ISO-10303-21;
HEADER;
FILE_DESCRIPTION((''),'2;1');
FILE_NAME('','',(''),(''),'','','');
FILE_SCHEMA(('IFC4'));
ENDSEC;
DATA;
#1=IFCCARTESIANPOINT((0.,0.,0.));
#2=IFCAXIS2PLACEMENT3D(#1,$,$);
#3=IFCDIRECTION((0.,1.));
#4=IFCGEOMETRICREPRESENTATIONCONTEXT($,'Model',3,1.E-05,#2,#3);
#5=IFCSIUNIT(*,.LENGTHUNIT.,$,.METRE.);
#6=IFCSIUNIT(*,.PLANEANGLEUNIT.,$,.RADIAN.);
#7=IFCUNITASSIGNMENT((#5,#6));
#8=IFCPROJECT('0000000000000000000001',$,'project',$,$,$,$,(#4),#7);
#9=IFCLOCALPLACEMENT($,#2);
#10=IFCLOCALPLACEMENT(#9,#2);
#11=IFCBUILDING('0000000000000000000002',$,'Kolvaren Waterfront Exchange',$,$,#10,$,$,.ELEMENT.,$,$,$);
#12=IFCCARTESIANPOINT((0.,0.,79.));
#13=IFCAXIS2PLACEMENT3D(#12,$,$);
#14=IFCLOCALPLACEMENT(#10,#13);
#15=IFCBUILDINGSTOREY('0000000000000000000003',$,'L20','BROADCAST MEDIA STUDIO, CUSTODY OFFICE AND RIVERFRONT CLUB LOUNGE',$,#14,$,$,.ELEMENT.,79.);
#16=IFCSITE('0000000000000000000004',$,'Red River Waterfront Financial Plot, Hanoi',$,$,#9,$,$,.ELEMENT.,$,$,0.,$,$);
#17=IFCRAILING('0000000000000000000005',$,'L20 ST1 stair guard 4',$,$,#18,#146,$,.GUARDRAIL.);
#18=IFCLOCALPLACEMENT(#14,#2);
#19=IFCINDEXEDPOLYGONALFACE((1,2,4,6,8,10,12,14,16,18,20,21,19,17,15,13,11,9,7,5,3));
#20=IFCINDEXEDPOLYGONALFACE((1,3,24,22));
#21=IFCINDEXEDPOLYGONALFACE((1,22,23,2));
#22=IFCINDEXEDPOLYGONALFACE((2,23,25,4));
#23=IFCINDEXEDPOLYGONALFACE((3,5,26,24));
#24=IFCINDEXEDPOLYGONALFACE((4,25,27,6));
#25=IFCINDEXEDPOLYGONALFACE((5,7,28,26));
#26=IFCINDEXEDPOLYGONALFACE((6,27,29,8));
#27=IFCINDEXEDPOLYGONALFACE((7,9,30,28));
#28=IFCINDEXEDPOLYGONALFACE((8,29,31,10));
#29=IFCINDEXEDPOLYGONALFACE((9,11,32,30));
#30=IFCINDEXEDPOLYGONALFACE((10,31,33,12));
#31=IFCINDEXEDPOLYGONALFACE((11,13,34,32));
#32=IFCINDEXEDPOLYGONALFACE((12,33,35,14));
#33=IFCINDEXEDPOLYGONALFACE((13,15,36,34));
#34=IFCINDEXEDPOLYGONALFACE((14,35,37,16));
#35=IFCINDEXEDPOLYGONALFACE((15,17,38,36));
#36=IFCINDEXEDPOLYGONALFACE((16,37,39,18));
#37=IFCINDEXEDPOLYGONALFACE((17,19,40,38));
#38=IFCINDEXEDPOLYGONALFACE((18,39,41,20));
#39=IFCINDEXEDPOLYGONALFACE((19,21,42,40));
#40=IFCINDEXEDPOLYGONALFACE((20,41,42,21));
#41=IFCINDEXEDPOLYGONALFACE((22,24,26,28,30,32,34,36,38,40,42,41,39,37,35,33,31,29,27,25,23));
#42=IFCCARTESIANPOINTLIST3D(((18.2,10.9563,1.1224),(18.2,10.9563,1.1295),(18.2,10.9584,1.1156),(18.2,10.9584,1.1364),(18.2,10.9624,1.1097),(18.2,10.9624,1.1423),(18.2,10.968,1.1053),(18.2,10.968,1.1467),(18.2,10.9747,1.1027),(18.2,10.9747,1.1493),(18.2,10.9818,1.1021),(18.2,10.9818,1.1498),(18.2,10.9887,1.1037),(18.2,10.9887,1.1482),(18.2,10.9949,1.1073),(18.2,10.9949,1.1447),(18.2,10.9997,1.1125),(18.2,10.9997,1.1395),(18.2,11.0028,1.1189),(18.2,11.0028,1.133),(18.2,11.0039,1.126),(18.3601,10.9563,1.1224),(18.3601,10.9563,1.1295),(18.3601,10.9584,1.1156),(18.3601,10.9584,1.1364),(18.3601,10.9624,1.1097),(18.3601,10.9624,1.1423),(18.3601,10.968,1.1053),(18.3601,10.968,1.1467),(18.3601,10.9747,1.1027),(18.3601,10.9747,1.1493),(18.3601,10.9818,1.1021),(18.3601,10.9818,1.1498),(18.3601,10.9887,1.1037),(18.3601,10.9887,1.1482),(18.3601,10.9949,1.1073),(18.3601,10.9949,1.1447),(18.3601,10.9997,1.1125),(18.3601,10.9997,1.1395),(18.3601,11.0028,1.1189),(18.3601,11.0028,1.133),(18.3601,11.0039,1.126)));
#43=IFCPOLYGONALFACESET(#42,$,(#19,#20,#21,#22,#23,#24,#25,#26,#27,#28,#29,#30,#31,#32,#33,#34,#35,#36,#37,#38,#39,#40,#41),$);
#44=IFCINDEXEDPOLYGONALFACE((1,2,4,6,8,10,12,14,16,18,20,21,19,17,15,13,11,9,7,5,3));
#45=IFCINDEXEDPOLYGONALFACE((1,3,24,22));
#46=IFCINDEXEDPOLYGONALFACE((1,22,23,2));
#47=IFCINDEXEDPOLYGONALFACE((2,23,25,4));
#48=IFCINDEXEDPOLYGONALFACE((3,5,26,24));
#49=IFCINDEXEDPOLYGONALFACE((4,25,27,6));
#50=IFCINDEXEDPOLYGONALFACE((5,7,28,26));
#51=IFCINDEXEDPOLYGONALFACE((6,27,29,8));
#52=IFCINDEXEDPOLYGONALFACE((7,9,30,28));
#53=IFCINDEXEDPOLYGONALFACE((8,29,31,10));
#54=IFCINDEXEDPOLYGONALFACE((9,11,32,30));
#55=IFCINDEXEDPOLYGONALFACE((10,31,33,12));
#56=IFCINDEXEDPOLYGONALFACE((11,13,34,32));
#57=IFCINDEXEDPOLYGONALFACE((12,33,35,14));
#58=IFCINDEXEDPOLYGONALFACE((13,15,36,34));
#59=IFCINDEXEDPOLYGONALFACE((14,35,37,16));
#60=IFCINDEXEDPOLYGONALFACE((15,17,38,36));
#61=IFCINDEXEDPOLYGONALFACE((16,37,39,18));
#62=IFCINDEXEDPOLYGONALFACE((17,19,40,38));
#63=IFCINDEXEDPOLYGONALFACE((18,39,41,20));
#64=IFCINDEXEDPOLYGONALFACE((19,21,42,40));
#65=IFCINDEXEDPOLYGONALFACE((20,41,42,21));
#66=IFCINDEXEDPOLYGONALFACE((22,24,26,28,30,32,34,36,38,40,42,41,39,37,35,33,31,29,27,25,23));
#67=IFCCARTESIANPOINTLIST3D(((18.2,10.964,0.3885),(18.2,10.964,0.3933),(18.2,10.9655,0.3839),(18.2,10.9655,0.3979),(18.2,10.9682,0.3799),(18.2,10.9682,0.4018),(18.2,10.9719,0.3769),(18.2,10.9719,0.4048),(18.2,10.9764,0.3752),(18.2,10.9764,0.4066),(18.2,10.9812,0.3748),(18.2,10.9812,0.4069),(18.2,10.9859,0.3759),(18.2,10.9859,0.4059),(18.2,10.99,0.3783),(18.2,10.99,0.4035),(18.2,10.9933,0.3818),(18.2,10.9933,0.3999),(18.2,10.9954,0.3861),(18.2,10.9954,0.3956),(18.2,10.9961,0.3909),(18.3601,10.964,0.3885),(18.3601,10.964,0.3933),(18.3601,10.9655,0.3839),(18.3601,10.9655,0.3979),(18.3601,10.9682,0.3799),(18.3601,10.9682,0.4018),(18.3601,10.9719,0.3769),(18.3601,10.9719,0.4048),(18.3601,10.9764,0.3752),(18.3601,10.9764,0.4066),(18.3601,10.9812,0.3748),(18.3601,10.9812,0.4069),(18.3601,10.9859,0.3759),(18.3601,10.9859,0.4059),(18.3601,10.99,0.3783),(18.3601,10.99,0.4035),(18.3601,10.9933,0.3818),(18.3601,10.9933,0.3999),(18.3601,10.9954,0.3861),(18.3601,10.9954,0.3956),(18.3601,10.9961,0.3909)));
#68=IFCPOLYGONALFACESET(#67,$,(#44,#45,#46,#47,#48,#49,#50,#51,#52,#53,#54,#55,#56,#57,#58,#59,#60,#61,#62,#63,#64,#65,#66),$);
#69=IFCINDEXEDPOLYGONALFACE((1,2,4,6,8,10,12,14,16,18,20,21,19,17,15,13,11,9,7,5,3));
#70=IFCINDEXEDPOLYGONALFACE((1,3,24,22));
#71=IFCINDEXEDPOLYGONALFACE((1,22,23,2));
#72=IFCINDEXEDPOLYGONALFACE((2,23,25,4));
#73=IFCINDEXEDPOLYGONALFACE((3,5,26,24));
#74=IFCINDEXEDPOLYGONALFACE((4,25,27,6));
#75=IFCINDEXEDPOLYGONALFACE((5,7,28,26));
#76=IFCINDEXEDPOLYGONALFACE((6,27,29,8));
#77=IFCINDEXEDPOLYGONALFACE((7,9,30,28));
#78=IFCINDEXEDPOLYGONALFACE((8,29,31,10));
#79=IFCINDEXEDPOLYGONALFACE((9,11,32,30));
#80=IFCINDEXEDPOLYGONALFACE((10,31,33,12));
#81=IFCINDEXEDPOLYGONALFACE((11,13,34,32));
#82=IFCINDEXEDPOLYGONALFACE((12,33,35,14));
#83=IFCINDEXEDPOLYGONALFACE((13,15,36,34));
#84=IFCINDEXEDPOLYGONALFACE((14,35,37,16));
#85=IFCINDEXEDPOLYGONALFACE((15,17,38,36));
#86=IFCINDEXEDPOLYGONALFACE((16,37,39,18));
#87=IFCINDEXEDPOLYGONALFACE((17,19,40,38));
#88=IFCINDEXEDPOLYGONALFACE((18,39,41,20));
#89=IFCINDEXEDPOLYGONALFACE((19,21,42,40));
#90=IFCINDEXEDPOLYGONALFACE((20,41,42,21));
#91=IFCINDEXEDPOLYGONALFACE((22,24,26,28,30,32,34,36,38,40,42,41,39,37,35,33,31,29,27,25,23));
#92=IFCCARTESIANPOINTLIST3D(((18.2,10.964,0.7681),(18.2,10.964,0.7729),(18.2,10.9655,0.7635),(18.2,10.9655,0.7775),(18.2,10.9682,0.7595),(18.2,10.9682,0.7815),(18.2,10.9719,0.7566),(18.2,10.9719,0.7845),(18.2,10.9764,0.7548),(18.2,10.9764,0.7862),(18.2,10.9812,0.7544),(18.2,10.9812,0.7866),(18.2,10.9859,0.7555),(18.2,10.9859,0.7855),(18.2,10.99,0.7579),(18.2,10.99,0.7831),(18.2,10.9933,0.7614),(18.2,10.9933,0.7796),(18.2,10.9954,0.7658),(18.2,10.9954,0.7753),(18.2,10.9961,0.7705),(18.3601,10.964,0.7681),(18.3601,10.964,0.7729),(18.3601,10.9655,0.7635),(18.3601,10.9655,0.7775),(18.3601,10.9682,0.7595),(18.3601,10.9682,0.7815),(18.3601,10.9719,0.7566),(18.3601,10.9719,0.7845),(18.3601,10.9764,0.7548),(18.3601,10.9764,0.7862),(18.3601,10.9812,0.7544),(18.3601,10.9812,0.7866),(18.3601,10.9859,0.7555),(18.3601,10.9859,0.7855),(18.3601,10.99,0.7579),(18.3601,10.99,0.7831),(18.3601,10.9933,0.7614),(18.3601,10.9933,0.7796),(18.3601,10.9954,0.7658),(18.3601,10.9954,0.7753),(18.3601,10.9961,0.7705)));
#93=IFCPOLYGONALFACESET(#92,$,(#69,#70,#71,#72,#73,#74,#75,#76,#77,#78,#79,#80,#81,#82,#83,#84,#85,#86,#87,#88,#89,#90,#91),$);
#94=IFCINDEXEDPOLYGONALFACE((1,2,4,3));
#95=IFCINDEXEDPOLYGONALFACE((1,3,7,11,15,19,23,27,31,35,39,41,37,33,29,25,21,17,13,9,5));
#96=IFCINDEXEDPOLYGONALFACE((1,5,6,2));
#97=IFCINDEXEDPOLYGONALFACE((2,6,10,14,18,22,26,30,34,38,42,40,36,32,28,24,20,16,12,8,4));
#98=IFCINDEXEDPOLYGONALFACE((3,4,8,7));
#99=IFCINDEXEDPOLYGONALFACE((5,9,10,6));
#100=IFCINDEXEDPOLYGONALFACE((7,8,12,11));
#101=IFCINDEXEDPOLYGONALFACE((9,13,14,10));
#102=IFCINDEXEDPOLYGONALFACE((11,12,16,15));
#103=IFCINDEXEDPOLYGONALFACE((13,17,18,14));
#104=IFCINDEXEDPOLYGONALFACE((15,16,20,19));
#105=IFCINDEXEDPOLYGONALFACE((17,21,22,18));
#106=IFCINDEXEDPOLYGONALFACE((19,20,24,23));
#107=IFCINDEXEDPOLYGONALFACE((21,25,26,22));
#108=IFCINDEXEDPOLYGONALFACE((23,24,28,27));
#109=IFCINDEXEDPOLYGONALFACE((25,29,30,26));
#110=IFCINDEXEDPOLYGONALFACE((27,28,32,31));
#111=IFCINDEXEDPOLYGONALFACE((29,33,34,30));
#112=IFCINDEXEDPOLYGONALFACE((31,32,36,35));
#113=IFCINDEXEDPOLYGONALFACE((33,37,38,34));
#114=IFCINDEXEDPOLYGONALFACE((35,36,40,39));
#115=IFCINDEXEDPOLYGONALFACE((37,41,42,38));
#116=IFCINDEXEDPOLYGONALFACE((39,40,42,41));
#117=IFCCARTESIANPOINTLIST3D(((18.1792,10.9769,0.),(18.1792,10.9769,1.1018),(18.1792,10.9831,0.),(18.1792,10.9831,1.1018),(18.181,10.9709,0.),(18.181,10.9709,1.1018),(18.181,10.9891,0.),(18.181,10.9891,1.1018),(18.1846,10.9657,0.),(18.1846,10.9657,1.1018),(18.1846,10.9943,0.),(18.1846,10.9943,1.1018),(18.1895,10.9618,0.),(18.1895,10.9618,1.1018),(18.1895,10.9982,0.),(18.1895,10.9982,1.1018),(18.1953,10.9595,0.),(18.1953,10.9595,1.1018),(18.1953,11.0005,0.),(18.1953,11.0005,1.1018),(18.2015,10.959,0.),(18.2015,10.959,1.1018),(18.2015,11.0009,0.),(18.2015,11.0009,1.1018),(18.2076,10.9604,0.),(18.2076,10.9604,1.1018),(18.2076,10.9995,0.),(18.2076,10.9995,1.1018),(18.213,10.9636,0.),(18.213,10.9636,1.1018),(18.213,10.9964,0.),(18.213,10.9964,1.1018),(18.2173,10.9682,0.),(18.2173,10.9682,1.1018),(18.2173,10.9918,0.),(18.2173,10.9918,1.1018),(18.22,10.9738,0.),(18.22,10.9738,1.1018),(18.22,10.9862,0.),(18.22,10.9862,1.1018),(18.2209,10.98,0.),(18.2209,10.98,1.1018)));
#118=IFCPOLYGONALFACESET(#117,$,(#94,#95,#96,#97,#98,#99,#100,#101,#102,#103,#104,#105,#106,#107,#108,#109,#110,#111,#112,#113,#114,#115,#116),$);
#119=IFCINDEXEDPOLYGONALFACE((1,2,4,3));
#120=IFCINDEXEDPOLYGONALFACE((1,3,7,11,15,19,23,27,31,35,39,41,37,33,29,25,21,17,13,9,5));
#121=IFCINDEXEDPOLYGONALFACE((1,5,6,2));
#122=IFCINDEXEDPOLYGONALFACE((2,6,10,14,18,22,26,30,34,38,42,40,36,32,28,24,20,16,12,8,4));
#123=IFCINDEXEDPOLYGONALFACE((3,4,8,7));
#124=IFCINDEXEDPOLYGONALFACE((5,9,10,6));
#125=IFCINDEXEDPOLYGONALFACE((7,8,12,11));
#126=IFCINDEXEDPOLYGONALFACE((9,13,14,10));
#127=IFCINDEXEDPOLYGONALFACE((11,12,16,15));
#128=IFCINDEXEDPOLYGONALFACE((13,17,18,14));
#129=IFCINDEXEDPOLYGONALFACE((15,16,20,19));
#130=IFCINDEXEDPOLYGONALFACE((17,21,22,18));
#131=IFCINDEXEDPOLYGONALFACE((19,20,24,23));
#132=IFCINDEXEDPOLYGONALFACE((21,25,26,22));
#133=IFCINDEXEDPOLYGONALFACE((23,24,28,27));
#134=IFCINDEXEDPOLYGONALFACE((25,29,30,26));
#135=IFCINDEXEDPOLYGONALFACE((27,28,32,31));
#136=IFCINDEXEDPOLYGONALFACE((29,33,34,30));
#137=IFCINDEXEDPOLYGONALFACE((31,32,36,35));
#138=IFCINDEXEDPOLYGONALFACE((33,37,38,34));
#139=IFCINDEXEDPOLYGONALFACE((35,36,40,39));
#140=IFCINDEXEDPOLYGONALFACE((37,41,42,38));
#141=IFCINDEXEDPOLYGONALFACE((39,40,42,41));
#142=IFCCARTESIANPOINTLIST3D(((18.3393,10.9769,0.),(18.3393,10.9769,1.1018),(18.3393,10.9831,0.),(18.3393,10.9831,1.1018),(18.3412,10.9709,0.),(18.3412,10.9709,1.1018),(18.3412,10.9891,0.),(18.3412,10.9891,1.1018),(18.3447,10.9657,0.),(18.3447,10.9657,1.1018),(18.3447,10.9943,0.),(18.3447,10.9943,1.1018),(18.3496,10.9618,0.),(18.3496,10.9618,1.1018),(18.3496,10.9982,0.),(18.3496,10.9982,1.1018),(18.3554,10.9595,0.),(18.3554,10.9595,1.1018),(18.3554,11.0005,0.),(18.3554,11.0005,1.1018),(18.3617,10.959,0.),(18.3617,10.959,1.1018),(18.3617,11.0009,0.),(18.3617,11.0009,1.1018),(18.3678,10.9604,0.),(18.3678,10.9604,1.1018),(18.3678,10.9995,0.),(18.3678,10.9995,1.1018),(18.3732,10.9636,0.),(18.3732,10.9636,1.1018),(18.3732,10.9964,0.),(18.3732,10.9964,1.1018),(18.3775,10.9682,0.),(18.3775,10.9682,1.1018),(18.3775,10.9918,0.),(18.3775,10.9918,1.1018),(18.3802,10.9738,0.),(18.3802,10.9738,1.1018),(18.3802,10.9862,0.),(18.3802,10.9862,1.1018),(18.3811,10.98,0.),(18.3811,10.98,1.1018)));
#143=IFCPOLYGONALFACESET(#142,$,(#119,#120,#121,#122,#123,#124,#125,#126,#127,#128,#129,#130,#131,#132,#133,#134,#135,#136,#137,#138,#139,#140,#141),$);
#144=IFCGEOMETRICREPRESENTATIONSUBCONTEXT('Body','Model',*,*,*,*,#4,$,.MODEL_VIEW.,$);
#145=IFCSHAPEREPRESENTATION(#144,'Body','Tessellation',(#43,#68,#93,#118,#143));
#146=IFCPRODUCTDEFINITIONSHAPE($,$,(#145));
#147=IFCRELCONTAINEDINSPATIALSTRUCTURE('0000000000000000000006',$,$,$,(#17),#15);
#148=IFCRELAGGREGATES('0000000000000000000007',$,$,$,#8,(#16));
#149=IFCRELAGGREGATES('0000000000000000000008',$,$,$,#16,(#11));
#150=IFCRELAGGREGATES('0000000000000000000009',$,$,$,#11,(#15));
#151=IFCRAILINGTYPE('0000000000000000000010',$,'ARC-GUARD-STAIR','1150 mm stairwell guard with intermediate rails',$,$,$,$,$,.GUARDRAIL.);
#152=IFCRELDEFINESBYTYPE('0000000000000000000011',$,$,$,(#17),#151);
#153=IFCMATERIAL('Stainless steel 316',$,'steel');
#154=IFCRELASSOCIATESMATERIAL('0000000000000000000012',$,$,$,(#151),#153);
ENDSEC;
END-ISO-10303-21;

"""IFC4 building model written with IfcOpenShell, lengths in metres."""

from ifc_helpers import new_model, si_unit, direction, frame, origin, origin_2d, place, context, subcontext, project, spatial, circle, extrude, material, type_object, element, save


model = new_model("IFC4")

# Units and contexts
model_context = context("Model", 3, precision=1e-05, world=origin(), true_north=direction((0.0, 1.0)))
body_context = subcontext(model_context, "Body", "Model", "MODEL_VIEW")
ifc_project = project(units=[si_unit("LENGTHUNIT", "METRE"), si_unit("PLANEANGLEUNIT", "RADIAN")], contexts=[model_context])

# Site, building, storey
site_placement = place(None, origin())
site = spatial("IfcSite", under=ifc_project, at=site_placement, Name="Red River Waterfront Financial Plot, Hanoi", CompositionType="ELEMENT", RefElevation=0.0)
building_placement = place(site_placement, origin())
building = spatial("IfcBuilding", under=site, at=building_placement, Name="Kolvaren Waterfront Exchange", CompositionType="ELEMENT")
storey_placement = place(building_placement, frame((0.0, 0.0, 79.0)))
storey = spatial("IfcBuildingStorey", under=building, at=storey_placement, Name="L20", Description="BROADCAST MEDIA STUDIO, CUSTODY OFFICE AND RIVERFRONT CLUB LOUNGE", CompositionType="ELEMENT", Elevation=79.0)

# Railing
ifc_material_1 = material(Name="Stainless steel 316", Category="steel")
railing_type_1 = type_object("IfcRailingType", Name="ARC-GUARD-STAIR", Description="1150 mm stairwell guard with intermediate rails", PredefinedType="GUARDRAIL", material=ifc_material_1)
railing_1_placement = place(storey_placement, frame((18.2, 10.98, 0.0)))
element("IfcRailing", 1, at=railing_1_placement, inside=storey, type_object=railing_type_1, Name="L20 ST1 stair guard 4", PredefinedType="GUARDRAIL", context=body_context, shape_type="SweptSolid", body=[
    extrude(circle(Radius=0.0239, at=origin_2d()), frame((0.0, 0.0, 1.126), z_axis=(1.0, 0.0, 0.0), x_axis=(0.0, 1.0, 0.0)), (0.0, 0.0, 1.0), 0.1602),
    extrude(circle(Radius=0.0161, at=origin_2d()), frame((0.0, 0.0, 0.3909), z_axis=(1.0, 0.0, 0.0), x_axis=(0.0, 1.0, 0.0)), (0.0, 0.0, 1.0), 0.1602),
    extrude(circle(Radius=0.0161, at=origin_2d()), frame((0.0, 0.0, 0.7705), z_axis=(1.0, 0.0, 0.0), x_axis=(0.0, 1.0, 0.0)), (0.0, 0.0, 1.0), 0.1602),
    extrude(circle(Radius=0.021, at=origin_2d()), origin(), (0.0, 0.0, 1.0), 1.1018),
    extrude(circle(Radius=0.021, at=origin_2d()), frame((0.1602, 0.0, 0.0)), (0.0, 0.0, 1.0), 1.1018),
])

save(model, "model.ifc")
